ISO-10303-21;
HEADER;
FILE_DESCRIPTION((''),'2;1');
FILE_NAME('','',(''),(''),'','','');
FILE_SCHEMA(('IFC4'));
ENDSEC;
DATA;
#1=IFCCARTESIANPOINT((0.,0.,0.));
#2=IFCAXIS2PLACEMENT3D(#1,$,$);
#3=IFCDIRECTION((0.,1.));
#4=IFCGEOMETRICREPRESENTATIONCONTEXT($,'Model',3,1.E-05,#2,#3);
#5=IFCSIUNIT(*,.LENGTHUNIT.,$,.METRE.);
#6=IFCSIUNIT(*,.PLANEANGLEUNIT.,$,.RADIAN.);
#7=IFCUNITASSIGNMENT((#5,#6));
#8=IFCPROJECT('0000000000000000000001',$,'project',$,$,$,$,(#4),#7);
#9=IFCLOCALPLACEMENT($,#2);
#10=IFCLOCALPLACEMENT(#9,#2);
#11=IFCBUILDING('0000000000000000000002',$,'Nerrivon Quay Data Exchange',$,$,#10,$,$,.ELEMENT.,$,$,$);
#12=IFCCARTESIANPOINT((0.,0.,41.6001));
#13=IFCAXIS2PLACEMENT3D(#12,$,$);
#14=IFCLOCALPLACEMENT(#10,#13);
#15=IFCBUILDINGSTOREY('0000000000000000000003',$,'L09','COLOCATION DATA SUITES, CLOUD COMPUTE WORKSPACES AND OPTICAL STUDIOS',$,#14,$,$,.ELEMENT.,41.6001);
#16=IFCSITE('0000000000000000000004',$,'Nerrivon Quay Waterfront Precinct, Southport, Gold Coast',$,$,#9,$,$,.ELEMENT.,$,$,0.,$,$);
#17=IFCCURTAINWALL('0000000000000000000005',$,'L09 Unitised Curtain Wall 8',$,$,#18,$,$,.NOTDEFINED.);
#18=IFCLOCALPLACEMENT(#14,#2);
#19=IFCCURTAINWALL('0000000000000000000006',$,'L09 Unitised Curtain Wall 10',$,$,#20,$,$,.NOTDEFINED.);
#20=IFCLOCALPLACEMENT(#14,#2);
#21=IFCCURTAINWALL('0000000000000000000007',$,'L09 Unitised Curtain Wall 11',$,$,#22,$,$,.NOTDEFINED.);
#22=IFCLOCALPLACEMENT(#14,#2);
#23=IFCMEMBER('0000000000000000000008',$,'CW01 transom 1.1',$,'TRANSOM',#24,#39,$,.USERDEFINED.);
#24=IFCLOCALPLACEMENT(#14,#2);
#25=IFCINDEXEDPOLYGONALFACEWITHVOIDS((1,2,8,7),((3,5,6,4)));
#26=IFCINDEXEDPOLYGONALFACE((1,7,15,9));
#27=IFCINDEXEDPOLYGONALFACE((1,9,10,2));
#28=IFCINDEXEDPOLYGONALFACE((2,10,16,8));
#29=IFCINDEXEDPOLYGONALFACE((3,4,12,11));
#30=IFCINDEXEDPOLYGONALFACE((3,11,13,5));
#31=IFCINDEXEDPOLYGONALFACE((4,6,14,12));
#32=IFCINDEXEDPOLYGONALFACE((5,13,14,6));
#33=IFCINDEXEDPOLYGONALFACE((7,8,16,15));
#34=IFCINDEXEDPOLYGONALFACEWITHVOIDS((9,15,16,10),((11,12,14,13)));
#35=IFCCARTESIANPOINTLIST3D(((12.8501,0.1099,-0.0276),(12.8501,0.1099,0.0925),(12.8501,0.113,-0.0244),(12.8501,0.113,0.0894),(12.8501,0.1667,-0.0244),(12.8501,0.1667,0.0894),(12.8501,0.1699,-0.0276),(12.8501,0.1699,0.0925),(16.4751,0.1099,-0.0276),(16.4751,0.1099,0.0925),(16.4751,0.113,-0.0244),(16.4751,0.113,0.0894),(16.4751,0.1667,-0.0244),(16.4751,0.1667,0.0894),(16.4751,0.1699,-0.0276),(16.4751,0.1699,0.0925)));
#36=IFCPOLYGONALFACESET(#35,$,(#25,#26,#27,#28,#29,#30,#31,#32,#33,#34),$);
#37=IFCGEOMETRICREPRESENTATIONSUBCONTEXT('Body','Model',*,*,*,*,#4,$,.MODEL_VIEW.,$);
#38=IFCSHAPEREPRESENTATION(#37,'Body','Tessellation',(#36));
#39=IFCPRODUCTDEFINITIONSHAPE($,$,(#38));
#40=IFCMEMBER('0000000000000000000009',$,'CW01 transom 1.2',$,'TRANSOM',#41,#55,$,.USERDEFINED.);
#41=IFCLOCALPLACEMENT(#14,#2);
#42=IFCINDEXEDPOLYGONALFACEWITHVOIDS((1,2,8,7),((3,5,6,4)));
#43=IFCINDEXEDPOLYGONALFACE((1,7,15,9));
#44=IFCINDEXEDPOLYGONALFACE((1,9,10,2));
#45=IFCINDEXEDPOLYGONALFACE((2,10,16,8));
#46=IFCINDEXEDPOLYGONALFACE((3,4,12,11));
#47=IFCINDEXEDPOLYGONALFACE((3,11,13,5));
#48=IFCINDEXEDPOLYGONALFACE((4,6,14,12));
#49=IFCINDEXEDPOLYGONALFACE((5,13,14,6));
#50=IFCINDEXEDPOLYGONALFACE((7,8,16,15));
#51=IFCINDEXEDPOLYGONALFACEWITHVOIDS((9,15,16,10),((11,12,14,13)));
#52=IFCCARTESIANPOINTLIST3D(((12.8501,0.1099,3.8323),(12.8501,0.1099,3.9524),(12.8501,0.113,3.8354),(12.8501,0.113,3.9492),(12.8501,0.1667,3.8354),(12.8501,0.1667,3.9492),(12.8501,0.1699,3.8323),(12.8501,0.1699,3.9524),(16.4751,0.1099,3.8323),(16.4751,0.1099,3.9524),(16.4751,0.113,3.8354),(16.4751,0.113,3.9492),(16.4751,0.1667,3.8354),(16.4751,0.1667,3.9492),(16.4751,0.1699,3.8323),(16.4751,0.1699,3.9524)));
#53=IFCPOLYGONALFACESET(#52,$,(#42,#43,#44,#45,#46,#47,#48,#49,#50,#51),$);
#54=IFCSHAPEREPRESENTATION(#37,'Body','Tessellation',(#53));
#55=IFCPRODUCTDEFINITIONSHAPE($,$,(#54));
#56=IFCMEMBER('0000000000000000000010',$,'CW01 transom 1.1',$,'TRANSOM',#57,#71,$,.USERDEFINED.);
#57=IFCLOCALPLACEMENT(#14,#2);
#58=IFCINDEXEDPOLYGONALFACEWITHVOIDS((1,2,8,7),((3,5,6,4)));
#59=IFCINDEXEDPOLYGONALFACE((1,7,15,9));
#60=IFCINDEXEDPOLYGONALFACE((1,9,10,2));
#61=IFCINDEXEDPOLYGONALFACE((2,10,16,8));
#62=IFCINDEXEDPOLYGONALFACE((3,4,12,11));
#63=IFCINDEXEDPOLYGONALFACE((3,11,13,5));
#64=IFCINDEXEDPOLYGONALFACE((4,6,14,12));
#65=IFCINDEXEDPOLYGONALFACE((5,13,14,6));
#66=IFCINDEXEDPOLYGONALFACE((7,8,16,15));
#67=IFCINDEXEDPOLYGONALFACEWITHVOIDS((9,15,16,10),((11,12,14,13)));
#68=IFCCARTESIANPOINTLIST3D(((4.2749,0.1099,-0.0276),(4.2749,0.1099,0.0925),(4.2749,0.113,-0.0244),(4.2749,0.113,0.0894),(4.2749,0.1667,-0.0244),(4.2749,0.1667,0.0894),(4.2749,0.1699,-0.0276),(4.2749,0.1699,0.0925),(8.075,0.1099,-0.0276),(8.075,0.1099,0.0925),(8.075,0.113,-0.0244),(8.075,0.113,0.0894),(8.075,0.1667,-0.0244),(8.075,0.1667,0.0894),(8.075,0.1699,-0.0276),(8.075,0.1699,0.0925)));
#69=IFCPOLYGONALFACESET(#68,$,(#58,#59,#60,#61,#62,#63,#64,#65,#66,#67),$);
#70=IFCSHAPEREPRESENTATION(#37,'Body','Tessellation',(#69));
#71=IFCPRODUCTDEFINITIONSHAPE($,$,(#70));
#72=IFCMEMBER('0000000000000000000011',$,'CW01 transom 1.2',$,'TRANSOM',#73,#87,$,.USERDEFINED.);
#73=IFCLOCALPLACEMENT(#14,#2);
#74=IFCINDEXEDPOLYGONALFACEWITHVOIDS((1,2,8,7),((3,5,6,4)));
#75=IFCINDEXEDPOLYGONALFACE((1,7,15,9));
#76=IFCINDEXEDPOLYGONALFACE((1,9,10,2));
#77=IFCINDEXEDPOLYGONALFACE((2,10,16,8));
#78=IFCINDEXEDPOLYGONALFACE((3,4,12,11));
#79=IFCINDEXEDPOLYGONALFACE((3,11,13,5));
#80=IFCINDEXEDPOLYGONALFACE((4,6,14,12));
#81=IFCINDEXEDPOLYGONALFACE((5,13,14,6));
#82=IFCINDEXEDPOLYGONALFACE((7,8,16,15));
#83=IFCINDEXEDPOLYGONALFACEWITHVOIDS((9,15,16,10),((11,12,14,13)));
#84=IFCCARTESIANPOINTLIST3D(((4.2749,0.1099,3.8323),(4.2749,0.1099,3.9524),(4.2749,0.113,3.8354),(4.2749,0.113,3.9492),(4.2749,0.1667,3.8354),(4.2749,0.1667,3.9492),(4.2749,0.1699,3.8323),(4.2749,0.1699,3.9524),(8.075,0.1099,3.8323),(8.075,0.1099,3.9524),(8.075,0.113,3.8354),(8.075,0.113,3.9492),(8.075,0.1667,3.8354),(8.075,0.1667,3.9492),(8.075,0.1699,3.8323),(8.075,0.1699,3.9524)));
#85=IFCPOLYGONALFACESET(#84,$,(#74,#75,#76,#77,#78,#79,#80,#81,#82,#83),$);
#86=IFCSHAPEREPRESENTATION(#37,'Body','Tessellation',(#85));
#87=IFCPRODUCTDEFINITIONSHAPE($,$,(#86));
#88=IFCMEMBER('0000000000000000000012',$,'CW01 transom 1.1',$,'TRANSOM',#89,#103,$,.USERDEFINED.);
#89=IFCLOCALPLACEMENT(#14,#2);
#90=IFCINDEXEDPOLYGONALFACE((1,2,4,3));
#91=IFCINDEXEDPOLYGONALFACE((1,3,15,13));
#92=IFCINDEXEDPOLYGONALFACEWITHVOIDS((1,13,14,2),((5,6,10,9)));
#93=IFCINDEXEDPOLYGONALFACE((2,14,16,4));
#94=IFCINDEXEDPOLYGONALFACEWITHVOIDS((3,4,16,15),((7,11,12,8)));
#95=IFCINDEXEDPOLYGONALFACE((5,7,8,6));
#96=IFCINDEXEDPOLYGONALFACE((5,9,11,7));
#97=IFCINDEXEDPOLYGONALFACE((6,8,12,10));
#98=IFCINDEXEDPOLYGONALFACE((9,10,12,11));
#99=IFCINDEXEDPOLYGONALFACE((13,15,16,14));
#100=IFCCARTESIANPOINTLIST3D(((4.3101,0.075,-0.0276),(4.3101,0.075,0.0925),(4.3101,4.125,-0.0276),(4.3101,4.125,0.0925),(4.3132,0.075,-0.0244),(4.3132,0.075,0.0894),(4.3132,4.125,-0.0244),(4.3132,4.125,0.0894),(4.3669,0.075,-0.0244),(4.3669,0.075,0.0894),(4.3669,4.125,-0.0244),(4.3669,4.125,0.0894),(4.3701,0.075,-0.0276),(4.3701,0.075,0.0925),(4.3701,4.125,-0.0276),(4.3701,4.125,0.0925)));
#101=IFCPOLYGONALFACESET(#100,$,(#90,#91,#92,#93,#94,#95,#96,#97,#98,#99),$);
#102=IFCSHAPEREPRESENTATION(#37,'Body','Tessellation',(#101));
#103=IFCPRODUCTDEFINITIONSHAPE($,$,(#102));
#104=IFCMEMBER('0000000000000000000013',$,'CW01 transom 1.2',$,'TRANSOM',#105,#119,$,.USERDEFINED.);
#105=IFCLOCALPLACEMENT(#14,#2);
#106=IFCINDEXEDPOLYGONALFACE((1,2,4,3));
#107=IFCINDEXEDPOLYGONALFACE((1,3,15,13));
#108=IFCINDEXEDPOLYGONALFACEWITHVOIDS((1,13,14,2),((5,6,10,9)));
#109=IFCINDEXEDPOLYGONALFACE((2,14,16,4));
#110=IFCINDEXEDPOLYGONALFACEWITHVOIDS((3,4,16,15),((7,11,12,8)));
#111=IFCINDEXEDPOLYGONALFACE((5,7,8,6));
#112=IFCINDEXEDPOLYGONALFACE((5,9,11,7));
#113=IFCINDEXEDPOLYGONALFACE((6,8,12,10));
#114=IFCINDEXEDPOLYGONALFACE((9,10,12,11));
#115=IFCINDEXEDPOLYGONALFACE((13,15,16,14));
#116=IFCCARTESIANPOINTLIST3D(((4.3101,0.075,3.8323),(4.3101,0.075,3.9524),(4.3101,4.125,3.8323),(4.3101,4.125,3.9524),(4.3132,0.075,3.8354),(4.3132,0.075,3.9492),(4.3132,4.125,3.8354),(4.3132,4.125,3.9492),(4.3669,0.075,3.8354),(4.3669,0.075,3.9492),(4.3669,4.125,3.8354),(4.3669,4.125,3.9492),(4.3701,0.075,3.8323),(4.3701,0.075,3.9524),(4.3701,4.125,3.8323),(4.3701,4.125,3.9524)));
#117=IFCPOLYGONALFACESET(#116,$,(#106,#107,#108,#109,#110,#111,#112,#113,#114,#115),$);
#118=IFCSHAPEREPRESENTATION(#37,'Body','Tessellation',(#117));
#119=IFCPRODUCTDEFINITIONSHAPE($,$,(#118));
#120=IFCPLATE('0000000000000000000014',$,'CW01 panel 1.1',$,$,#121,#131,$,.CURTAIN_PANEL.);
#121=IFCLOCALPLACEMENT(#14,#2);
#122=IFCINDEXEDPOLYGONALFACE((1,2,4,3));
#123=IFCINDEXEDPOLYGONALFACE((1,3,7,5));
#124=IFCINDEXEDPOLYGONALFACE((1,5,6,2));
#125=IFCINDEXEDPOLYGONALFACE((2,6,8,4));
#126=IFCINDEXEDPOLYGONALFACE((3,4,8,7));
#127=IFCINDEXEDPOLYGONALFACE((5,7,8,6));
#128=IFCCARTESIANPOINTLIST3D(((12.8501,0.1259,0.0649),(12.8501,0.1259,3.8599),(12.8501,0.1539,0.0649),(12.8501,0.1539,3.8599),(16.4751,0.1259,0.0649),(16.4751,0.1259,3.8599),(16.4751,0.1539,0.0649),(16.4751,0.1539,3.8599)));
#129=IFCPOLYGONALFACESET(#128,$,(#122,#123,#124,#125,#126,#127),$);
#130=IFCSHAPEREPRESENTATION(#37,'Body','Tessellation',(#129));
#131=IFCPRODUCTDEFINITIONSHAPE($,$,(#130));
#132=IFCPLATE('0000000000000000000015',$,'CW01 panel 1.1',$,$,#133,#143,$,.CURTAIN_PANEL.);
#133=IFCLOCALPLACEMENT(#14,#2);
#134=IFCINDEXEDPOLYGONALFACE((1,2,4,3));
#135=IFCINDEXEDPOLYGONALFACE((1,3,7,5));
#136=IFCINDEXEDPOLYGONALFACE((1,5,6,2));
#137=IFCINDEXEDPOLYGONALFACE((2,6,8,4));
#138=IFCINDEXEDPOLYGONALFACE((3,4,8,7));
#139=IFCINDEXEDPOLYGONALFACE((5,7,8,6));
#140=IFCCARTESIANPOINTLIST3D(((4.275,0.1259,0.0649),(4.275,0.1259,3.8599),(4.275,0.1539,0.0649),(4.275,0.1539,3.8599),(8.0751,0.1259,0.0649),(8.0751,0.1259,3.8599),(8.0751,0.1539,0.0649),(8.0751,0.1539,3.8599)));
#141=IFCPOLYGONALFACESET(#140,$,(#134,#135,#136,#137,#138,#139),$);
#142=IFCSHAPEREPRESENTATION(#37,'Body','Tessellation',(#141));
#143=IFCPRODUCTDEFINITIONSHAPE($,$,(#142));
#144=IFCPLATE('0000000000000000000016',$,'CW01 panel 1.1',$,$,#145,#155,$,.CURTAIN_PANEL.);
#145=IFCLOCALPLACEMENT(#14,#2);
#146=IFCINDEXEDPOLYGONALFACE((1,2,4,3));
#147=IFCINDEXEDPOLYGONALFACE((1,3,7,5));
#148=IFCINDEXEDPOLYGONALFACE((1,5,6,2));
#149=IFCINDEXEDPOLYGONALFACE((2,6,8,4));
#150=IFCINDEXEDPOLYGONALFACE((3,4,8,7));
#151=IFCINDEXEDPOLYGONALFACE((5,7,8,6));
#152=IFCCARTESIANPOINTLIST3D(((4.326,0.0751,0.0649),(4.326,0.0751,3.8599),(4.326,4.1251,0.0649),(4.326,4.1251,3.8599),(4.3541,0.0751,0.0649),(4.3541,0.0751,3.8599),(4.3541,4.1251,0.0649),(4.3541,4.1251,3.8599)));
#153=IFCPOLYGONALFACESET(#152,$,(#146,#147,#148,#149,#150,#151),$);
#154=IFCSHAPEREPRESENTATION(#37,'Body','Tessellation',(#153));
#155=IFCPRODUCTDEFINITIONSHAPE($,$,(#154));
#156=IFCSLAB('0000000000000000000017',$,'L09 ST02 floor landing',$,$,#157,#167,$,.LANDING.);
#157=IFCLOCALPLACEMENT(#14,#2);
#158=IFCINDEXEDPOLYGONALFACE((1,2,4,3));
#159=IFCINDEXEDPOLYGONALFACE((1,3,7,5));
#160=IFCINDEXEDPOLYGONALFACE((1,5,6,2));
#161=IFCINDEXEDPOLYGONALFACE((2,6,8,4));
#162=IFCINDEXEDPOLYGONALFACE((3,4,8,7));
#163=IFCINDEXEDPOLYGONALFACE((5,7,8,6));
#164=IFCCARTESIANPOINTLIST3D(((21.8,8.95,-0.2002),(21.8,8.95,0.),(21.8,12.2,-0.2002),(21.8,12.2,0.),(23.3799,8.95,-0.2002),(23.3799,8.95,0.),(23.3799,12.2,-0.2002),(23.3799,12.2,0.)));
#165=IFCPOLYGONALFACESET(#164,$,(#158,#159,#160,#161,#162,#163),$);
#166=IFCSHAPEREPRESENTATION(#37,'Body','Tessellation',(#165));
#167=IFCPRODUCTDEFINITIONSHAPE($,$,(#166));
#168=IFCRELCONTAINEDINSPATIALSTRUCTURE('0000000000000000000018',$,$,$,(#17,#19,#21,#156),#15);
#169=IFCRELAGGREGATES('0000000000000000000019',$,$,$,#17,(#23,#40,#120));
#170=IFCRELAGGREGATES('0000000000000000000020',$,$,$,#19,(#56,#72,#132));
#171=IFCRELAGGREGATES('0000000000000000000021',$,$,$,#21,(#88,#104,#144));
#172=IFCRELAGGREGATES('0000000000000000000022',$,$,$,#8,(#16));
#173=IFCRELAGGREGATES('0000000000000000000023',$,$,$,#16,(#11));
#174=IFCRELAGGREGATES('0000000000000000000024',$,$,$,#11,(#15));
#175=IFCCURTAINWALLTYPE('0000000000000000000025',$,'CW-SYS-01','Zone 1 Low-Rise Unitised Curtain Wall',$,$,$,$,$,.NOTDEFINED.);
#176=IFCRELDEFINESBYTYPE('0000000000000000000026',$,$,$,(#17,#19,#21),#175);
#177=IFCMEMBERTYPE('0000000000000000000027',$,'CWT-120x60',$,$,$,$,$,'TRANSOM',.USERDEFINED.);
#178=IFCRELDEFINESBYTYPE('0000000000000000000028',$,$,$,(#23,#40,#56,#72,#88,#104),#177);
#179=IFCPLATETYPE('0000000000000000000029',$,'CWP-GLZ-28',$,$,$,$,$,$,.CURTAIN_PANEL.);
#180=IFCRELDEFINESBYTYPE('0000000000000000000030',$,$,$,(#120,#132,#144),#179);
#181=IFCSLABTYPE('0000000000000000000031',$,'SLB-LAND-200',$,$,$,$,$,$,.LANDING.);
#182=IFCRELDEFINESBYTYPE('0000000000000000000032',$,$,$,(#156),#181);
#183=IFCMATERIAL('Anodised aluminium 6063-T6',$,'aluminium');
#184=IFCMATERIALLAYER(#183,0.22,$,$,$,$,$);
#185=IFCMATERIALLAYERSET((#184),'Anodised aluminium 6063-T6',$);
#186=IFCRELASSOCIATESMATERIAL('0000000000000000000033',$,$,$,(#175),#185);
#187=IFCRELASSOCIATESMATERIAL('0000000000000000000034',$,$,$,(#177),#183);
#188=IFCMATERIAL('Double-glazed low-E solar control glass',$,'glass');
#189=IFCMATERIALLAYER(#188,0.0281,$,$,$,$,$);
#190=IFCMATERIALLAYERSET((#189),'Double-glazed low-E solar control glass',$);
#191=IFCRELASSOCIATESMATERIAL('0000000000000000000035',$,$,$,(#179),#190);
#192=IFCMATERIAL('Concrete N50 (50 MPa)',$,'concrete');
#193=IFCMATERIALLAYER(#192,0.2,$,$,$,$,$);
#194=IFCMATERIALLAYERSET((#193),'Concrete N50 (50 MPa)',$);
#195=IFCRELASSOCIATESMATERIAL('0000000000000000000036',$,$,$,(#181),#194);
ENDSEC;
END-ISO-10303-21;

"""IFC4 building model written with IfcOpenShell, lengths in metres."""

from ifc_helpers import new_model, si_unit, direction, frame, origin, origin_2d, place, context, subcontext, project, spatial, polyline, rectangle, hollow_rectangle, outline, extrude, material, layer, layer_set, material_profile, profile_set, type_object, element, aggregate, save


model = new_model("IFC4")

# Units and contexts
model_context = context("Model", 3, precision=1e-05, world=origin(), true_north=direction((0.0, 1.0)))
body_context = subcontext(model_context, "Body", "Model", "MODEL_VIEW")
ifc_project = project(units=[si_unit("LENGTHUNIT", "METRE"), si_unit("PLANEANGLEUNIT", "RADIAN")], contexts=[model_context])

# Site, building, storey
site_placement = place(None, origin())
site = spatial("IfcSite", under=ifc_project, at=site_placement, Name="Nerrivon Quay Waterfront Precinct, Southport, Gold Coast", CompositionType="ELEMENT", RefElevation=0.0)
building_placement = place(site_placement, origin())
building = spatial("IfcBuilding", under=site, at=building_placement, Name="Nerrivon Quay Data Exchange", CompositionType="ELEMENT")
storey_placement = place(building_placement, frame((0.0, 0.0, 41.6001)))
storey = spatial("IfcBuildingStorey", under=building, at=storey_placement, Name="L09", Description="COLOCATION DATA SUITES, CLOUD COMPUTE WORKSPACES AND OPTICAL STUDIOS", CompositionType="ELEMENT", Elevation=41.6001)

# Shared definitions
ifc_material_1 = material(Name="Concrete N50 (50 MPa)", Category="concrete")

# Curtain walls
ifc_material_2 = material(Name="Anodised aluminium 6063-T6", Category="aluminium")
ifc_layer_1 = layer(ifc_material_2, 0.22)
ifc_layer_set_1 = layer_set([ifc_layer_1], Name="Anodised aluminium 6063-T6")
curtain_wall_type = type_object("IfcCurtainWallType", Name="CW-SYS-01", Description="Zone 1 Low-Rise Unitised Curtain Wall", PredefinedType="NOTDEFINED", material=ifc_layer_set_1)
curtain_wall_1_placement = place(storey_placement, origin())
curtain_wall_1 = element("IfcCurtainWall", 1, at=curtain_wall_1_placement, inside=storey, type_object=curtain_wall_type, Name="L09 Unitised Curtain Wall 8", PredefinedType="NOTDEFINED")
curtain_wall_2_placement = place(storey_placement, origin())
curtain_wall_2 = element("IfcCurtainWall", 2, at=curtain_wall_2_placement, inside=storey, type_object=curtain_wall_type, Name="L09 Unitised Curtain Wall 10", PredefinedType="NOTDEFINED")

# Curtain wall
curtain_wall_3_placement = place(storey_placement, origin())
curtain_wall_3 = element("IfcCurtainWall", 3, at=curtain_wall_3_placement, inside=storey, type_object=curtain_wall_type, Name="L09 Unitised Curtain Wall 11", PredefinedType="NOTDEFINED")

# Members
ifc_material_profile_1 = material_profile(ifc_material_2, hollow_rectangle(XDim=0.0601, YDim=0.1201, WallThickness=0.0032, at=origin_2d()), Name="ALU-TRAN-120x60")
ifc_profile_set_1 = profile_set([ifc_material_profile_1], Name="Anodised aluminium 6063-T6")
member_type_1 = type_object("IfcMemberType", Name="CWT-120x60", ElementType="TRANSOM", PredefinedType="USERDEFINED", material=ifc_profile_set_1)
member_1_placement = place(storey_placement, frame((16.4751, 0.1399, 0.0325), z_axis=(-1.0, 0.0, 0.0), x_axis=(0.0, -1.0, 0.0)))
member_1 = element("IfcMember", 4, at=member_1_placement, type_object=member_type_1, Name="CW01 transom 1.1", ObjectType="TRANSOM", PredefinedType="USERDEFINED", context=body_context, shape_type="SweptSolid", body=[
    extrude(hollow_rectangle(XDim=0.0601, YDim=0.1201, WallThickness=0.0032, at=origin_2d()), origin(), (0.0, 0.0, 1.0), 3.625),
])
member_2_placement = place(storey_placement, frame((16.4751, 0.1399, 3.8923), z_axis=(-1.0, 0.0, 0.0), x_axis=(0.0, -1.0, 0.0)))
member_2 = element("IfcMember", 5, at=member_2_placement, type_object=member_type_1, Name="CW01 transom 1.2", ObjectType="TRANSOM", PredefinedType="USERDEFINED", context=body_context, shape_type="SweptSolid", body=[
    extrude(hollow_rectangle(XDim=0.0601, YDim=0.1201, WallThickness=0.0032, at=origin_2d()), origin(), (0.0, 0.0, 1.0), 3.625),
])
member_3_placement = place(storey_placement, frame((8.075, 0.1399, 0.0325), z_axis=(-1.0, 0.0, 0.0), x_axis=(0.0, -1.0, 0.0)))
member_3 = element("IfcMember", 6, at=member_3_placement, type_object=member_type_1, Name="CW01 transom 1.1", ObjectType="TRANSOM", PredefinedType="USERDEFINED", context=body_context, shape_type="SweptSolid", body=[
    extrude(hollow_rectangle(XDim=0.0601, YDim=0.1201, WallThickness=0.0032, at=origin_2d()), origin(), (0.0, 0.0, 1.0), 3.8),
])
member_4_placement = place(storey_placement, frame((8.075, 0.1399, 3.8923), z_axis=(-1.0, 0.0, 0.0), x_axis=(0.0, -1.0, 0.0)))
member_4 = element("IfcMember", 7, at=member_4_placement, type_object=member_type_1, Name="CW01 transom 1.2", ObjectType="TRANSOM", PredefinedType="USERDEFINED", context=body_context, shape_type="SweptSolid", body=[
    extrude(hollow_rectangle(XDim=0.0601, YDim=0.1201, WallThickness=0.0032, at=origin_2d()), origin(), (0.0, 0.0, 1.0), 3.8),
])
member_5_placement = place(storey_placement, frame((4.3401, 0.075, 0.0325), z_axis=(0.0, 1.0, 0.0), x_axis=(-1.0, 0.0, 0.0)))
member_5 = element("IfcMember", 8, at=member_5_placement, type_object=member_type_1, Name="CW01 transom 1.1", ObjectType="TRANSOM", PredefinedType="USERDEFINED", context=body_context, shape_type="SweptSolid", body=[
    extrude(hollow_rectangle(XDim=0.0601, YDim=0.1201, WallThickness=0.0032, at=origin_2d()), origin(), (0.0, 0.0, 1.0), 4.05),
])
member_6_placement = place(storey_placement, frame((4.3401, 0.075, 3.8923), z_axis=(0.0, 1.0, 0.0), x_axis=(-1.0, 0.0, 0.0)))
member_6 = element("IfcMember", 9, at=member_6_placement, type_object=member_type_1, Name="CW01 transom 1.2", ObjectType="TRANSOM", PredefinedType="USERDEFINED", context=body_context, shape_type="SweptSolid", body=[
    extrude(hollow_rectangle(XDim=0.0601, YDim=0.1201, WallThickness=0.0032, at=origin_2d()), origin(), (0.0, 0.0, 1.0), 4.05),
])

# Plates
ifc_material_3 = material(Name="Double-glazed low-E solar control glass", Category="glass")
ifc_layer_2 = layer(ifc_material_3, 0.0281)
ifc_layer_set_2 = layer_set([ifc_layer_2], Name="Double-glazed low-E solar control glass")
plate_type = type_object("IfcPlateType", Name="CWP-GLZ-28", PredefinedType="CURTAIN_PANEL", material=ifc_layer_set_2)
plate_1_placement = place(storey_placement, frame((14.6626, 0.1399, 0.0649), z_axis=(0.0, 0.0, 1.0), x_axis=(-1.0, 0.0, 0.0)))
plate_1 = element("IfcPlate", 10, at=plate_1_placement, type_object=plate_type, Name="CW01 panel 1.1", PredefinedType="CURTAIN_PANEL", context=body_context, shape_type="SweptSolid", body=[
    extrude(rectangle(XDim=3.625, YDim=0.0281, at=origin_2d()), origin(), (0.0, 0.0, 1.0), 3.7949),
])
aggregate(curtain_wall_1, [member_1, member_2, plate_1])
plate_2_placement = place(storey_placement, frame((6.175, 0.1399, 0.0649), z_axis=(0.0, 0.0, 1.0), x_axis=(-1.0, 0.0, 0.0)))
plate_2 = element("IfcPlate", 11, at=plate_2_placement, type_object=plate_type, Name="CW01 panel 1.1", PredefinedType="CURTAIN_PANEL", context=body_context, shape_type="SweptSolid", body=[
    extrude(rectangle(XDim=3.8, YDim=0.0281, at=origin_2d()), origin(), (0.0, 0.0, 1.0), 3.7949),
])
aggregate(curtain_wall_2, [member_3, member_4, plate_2])
plate_3_placement = place(storey_placement, frame((4.3401, 2.1001, 0.0649), z_axis=(0.0, 0.0, 1.0), x_axis=(0.0, 1.0, 0.0)))
plate_3 = element("IfcPlate", 12, at=plate_3_placement, type_object=plate_type, Name="CW01 panel 1.1", PredefinedType="CURTAIN_PANEL", context=body_context, shape_type="SweptSolid", body=[
    extrude(rectangle(XDim=4.05, YDim=0.0281, at=origin_2d()), origin(), (0.0, 0.0, 1.0), 3.7949),
])
aggregate(curtain_wall_3, [member_5, member_6, plate_3])

# Slab
ifc_layer_3 = layer(ifc_material_1, 0.2)
ifc_layer_set_3 = layer_set([ifc_layer_3], Name="Concrete N50 (50 MPa)")
slab_type = type_object("IfcSlabType", Name="SLB-LAND-200", PredefinedType="LANDING", material=ifc_layer_set_3)
slab_placement = place(storey_placement, frame((0.0, 0.0, -0.2002)))
element("IfcSlab", 13, at=slab_placement, inside=storey, type_object=slab_type, Name="L09 ST02 floor landing", PredefinedType="LANDING", context=body_context, shape_type="SweptSolid", body=[
    extrude(outline(polyline([(21.8, 8.95), (23.3799, 8.95), (23.3799, 12.2), (21.8, 12.2), (21.8, 8.95)])), origin(), (0.0, 0.0, 1.0), 0.2002),
])

save(model, "model.ifc")
